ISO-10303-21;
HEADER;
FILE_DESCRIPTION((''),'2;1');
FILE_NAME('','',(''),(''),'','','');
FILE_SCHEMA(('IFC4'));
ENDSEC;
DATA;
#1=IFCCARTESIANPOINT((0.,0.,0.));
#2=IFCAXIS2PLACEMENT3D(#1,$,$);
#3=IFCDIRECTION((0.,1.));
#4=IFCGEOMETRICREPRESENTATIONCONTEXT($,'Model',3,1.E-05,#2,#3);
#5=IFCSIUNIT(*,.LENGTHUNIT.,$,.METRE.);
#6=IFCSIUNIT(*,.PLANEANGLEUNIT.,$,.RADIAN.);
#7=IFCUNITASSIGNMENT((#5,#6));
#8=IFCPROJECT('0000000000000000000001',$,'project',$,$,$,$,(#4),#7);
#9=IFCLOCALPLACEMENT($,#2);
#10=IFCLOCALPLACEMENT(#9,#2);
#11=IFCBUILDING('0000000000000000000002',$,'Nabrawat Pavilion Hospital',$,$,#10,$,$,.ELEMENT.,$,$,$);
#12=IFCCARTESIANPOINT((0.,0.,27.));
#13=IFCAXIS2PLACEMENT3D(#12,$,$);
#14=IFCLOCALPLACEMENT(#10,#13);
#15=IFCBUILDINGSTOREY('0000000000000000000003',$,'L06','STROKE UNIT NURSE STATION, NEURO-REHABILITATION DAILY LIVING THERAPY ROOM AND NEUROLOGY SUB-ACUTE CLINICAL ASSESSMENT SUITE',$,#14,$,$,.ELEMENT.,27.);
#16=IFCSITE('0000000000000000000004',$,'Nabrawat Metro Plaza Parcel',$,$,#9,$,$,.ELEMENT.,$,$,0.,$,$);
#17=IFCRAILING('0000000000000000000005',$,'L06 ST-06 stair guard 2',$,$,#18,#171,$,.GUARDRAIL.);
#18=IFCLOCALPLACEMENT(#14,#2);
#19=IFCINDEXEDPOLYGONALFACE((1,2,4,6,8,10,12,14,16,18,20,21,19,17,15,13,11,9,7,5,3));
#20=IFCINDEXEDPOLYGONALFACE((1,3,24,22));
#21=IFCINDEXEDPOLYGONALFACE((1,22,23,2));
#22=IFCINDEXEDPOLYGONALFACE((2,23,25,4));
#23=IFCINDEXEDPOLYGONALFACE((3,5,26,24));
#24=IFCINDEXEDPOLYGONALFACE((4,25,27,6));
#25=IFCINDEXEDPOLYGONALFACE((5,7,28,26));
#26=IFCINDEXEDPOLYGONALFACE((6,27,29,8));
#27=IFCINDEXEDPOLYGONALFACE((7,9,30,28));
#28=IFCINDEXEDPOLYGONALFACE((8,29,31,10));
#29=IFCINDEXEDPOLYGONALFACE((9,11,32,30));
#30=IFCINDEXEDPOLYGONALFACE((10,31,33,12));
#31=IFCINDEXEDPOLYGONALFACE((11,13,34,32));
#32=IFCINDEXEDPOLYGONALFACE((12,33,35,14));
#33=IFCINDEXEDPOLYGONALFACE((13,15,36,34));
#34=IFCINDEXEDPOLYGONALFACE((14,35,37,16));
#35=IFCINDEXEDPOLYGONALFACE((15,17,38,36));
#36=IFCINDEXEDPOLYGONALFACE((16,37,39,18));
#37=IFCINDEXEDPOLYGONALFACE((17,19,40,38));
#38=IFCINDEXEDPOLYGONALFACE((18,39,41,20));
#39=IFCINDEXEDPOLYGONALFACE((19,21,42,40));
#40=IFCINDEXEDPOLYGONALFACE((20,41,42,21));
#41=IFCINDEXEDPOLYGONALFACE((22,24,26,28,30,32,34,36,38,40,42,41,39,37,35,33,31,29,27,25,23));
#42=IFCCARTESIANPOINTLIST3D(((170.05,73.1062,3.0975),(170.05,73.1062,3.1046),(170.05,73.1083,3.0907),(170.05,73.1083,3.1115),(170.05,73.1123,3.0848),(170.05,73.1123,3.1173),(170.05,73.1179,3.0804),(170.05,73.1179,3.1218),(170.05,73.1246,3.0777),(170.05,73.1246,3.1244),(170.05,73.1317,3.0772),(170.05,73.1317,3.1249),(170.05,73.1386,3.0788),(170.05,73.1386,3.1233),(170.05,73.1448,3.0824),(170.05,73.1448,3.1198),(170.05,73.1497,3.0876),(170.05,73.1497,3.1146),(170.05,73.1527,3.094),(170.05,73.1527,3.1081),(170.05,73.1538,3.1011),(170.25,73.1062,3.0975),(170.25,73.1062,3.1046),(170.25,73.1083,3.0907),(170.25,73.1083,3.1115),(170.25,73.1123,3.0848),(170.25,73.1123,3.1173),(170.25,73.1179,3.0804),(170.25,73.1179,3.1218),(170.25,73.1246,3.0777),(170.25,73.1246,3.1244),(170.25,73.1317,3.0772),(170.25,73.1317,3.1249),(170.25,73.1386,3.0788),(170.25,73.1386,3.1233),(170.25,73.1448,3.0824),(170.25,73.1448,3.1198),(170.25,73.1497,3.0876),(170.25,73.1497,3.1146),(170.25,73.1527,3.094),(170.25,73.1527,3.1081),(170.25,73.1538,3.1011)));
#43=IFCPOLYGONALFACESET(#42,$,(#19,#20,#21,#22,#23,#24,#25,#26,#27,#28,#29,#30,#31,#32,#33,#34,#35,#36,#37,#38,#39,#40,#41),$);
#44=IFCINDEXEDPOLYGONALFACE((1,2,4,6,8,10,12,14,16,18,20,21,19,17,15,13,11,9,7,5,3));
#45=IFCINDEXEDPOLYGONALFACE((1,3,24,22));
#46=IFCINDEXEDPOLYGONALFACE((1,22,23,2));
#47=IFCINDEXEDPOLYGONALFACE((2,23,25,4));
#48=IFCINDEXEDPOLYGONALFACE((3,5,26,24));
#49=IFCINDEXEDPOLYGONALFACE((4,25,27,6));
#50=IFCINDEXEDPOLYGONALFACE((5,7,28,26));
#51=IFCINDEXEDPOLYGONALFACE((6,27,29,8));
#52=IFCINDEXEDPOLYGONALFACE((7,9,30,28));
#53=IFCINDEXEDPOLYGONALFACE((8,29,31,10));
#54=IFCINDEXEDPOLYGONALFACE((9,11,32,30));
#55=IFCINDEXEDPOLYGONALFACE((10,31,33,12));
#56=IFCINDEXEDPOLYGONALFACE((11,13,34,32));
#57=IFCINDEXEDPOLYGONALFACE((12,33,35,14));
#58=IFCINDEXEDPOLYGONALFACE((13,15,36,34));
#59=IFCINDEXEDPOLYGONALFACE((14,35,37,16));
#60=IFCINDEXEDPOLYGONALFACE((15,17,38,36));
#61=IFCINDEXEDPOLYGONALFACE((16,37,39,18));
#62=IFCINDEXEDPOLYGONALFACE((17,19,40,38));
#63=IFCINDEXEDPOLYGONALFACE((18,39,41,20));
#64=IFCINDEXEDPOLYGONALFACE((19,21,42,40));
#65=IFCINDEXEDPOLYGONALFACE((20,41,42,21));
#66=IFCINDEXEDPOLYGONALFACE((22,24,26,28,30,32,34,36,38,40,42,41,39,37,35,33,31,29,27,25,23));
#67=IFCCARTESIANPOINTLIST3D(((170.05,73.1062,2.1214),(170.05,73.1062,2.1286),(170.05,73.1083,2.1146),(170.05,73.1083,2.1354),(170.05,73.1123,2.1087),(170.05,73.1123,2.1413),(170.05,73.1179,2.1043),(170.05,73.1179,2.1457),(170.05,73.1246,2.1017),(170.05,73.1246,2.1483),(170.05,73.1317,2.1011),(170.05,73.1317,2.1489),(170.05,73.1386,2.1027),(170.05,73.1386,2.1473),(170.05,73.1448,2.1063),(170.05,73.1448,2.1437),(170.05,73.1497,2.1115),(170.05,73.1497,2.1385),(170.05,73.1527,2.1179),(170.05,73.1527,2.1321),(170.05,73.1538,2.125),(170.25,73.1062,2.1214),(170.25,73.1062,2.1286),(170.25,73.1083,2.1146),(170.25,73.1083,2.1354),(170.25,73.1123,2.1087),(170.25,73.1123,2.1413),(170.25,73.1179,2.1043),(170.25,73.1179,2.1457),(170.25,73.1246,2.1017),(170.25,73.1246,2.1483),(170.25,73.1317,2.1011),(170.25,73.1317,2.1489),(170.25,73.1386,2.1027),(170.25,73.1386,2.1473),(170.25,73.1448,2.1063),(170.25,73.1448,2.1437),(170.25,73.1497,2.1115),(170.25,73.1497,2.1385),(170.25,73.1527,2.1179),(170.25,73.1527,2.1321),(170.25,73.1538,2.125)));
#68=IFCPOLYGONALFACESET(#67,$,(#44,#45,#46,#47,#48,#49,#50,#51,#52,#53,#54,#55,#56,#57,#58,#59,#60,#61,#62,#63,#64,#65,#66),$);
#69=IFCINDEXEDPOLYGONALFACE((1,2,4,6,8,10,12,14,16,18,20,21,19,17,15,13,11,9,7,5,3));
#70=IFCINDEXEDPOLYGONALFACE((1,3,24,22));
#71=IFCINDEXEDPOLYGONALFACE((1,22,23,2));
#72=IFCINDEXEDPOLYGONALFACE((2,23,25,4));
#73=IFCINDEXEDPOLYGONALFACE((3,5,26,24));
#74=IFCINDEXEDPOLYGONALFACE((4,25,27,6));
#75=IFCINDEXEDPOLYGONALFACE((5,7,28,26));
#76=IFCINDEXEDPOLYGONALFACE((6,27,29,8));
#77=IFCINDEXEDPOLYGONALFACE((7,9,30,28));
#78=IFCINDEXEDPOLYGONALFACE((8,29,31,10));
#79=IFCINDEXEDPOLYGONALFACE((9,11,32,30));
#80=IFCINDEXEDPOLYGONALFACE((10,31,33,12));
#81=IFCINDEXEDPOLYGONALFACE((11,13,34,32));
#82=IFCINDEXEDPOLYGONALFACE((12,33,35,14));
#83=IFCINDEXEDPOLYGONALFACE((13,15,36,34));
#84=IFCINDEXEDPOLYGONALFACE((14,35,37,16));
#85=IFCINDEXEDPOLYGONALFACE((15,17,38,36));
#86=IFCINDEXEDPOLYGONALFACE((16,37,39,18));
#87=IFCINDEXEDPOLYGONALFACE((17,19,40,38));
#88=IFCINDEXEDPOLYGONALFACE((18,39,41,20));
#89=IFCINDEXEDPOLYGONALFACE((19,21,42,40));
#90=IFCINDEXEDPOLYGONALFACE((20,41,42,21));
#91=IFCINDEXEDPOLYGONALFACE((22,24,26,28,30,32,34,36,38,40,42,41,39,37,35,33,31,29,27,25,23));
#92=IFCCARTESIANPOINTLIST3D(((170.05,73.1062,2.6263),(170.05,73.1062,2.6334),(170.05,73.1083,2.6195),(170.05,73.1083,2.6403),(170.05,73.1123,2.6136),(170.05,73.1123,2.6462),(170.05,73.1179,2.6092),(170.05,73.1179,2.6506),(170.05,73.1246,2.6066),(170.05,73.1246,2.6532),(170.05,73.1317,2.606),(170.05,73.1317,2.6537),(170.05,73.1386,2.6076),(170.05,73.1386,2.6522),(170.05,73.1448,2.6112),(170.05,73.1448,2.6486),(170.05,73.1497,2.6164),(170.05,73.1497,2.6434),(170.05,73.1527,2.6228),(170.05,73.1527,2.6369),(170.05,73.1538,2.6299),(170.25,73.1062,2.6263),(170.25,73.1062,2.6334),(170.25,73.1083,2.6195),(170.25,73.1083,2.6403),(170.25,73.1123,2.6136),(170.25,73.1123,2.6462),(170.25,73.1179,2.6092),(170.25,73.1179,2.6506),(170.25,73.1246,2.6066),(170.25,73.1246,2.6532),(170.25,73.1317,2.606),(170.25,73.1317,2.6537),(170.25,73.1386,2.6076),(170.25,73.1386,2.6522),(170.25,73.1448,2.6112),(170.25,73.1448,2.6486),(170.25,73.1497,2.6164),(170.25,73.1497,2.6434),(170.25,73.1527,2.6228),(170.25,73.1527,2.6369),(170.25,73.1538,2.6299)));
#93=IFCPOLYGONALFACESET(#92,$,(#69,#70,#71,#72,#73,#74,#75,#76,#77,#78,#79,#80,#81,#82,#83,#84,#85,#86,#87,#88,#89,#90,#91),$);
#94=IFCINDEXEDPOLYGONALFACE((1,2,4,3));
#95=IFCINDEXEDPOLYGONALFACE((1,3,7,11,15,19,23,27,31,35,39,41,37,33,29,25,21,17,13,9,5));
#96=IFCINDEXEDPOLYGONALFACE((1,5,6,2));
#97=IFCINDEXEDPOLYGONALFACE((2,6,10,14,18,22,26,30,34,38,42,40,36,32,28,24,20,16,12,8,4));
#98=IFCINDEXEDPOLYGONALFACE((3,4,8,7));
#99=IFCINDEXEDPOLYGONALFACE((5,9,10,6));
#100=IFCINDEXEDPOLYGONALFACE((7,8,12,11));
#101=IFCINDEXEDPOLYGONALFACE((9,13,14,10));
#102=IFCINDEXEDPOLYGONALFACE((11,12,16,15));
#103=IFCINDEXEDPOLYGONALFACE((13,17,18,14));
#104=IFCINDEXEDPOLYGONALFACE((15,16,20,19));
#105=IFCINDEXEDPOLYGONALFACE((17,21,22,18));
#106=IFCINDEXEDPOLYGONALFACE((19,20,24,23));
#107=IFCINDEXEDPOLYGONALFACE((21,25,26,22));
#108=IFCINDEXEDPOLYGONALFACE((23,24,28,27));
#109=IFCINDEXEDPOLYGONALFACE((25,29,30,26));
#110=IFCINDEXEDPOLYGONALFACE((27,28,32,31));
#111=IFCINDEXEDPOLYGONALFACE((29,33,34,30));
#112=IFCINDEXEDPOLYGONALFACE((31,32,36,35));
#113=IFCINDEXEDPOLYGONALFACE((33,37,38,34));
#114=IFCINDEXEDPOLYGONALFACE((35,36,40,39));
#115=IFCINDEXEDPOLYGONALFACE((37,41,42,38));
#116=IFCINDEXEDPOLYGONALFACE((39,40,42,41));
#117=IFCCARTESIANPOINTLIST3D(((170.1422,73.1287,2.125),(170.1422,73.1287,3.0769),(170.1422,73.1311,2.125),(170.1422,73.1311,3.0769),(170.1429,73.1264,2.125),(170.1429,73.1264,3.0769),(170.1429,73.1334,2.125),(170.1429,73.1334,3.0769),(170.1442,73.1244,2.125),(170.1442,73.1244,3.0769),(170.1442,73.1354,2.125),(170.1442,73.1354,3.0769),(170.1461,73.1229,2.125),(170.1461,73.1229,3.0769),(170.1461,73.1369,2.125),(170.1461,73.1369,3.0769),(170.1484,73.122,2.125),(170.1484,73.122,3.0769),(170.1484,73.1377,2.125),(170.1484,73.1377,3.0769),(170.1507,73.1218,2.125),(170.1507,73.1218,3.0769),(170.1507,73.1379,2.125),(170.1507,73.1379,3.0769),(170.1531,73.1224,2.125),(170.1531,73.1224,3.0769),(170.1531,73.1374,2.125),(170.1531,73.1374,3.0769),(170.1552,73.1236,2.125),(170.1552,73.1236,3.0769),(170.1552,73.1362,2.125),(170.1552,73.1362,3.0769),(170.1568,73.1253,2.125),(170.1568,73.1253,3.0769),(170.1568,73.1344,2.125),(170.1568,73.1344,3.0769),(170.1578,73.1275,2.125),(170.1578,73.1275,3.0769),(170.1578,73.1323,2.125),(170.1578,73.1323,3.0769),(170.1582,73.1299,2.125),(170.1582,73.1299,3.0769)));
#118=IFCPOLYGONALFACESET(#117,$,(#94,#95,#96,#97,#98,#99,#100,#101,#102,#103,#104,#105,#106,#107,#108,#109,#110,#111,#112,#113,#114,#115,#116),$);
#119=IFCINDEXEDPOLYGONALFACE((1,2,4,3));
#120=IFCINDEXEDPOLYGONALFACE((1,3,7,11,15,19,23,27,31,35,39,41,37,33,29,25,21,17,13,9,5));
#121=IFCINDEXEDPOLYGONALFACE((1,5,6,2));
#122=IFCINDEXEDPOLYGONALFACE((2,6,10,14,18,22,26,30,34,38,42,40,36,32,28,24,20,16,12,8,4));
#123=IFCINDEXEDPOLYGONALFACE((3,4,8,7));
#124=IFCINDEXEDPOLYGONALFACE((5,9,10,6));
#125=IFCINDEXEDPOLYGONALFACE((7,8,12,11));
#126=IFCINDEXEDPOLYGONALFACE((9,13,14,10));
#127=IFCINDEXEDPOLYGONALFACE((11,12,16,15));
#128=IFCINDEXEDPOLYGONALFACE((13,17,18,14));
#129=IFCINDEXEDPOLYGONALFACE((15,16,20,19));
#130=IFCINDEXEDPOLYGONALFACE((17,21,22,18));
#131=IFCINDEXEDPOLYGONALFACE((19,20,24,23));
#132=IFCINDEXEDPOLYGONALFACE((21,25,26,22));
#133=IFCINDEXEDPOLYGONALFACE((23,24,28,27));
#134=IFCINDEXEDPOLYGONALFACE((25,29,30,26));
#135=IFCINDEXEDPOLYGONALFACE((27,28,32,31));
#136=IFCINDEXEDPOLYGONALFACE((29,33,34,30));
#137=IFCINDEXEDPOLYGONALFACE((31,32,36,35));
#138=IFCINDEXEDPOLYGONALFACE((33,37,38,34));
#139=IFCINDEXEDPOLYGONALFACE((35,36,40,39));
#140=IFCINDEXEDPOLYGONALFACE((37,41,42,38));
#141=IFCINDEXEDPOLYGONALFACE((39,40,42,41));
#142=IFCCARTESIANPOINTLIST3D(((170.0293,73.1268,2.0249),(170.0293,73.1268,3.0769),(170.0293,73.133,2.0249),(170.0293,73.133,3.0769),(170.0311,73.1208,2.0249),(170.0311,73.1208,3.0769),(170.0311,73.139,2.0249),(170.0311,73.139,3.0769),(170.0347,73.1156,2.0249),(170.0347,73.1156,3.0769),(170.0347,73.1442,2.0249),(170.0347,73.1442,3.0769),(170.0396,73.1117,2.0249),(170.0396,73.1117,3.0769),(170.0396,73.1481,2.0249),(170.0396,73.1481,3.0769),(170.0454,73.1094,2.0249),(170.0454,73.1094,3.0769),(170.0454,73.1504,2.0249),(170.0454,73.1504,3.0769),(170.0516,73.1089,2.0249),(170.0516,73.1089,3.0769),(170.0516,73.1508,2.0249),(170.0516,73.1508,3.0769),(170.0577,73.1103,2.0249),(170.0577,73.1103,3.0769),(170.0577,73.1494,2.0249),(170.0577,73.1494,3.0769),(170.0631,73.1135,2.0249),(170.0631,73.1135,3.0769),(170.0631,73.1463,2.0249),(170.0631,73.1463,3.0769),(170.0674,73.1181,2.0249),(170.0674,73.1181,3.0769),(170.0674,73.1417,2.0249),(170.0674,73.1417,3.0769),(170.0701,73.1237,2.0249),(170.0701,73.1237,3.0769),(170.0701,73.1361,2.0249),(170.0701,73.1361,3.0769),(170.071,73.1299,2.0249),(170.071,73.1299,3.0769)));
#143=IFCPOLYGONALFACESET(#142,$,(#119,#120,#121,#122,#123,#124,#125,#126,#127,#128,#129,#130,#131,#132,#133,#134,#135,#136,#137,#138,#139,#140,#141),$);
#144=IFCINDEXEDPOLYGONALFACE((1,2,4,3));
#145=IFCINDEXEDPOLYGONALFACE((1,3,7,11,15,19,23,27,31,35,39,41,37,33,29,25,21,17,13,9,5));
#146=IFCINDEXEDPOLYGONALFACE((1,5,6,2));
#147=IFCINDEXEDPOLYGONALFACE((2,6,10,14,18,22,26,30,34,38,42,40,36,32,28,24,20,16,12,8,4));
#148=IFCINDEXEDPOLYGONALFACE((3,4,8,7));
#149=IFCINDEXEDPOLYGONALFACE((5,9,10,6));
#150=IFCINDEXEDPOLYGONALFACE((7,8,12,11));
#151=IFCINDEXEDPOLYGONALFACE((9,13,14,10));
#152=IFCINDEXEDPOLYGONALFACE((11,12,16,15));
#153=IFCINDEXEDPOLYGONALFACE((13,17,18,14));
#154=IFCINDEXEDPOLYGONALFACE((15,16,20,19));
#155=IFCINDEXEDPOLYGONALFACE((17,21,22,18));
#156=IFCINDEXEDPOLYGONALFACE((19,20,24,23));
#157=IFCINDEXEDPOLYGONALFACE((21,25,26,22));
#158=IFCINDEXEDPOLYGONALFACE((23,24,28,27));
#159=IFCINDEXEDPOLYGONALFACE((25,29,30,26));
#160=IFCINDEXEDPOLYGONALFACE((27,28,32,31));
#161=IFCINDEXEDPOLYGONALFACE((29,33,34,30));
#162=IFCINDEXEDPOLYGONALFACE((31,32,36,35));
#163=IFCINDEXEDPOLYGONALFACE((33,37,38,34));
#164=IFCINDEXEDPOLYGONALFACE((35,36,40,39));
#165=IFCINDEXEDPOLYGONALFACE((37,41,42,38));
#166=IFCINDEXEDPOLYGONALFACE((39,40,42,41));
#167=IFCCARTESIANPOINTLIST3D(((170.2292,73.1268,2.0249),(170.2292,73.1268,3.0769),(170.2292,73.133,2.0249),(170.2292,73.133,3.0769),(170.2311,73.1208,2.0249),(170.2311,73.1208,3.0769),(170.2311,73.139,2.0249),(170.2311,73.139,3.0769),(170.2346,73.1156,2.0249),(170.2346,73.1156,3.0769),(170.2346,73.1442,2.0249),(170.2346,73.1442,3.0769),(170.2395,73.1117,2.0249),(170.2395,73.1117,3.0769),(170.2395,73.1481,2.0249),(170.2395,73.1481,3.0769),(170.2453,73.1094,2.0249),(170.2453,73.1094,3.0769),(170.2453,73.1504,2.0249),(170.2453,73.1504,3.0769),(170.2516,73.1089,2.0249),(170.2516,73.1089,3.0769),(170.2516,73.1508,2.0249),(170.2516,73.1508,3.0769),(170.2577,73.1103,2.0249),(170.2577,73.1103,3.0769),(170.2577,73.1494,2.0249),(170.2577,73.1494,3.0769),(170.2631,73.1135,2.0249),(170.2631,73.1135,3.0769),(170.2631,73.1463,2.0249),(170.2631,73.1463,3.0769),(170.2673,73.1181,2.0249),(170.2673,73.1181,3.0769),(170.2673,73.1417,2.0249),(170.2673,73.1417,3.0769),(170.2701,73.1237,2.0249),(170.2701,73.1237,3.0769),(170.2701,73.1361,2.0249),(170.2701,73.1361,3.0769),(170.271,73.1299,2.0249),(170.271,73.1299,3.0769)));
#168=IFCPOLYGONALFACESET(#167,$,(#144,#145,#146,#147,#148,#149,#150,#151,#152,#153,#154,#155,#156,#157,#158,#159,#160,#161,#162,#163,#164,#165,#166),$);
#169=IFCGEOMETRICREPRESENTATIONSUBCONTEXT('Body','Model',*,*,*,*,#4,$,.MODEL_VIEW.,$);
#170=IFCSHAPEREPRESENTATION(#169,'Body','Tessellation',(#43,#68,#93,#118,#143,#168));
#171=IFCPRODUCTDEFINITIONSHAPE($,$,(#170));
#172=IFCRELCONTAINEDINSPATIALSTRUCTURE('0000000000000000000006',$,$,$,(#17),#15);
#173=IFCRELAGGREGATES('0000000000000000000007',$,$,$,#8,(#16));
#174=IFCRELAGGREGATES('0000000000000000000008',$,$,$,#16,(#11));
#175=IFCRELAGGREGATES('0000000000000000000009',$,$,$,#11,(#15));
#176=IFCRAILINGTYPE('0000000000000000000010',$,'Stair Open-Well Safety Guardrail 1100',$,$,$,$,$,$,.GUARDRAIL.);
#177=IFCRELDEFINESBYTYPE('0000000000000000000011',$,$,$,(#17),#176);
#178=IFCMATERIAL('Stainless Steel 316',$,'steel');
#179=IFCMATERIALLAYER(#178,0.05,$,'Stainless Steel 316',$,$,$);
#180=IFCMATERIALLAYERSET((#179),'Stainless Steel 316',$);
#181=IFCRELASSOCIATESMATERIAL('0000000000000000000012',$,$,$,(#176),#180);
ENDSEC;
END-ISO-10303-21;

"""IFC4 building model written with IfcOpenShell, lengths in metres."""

from ifc_helpers import new_model, si_unit, direction, frame, origin, origin_2d, place, context, subcontext, project, spatial, circle, extrude, material, layer, layer_set, type_object, element, save


model = new_model("IFC4")

# Units and contexts
model_context = context("Model", 3, precision=1e-05, world=origin(), true_north=direction((0.0, 1.0)))
body_context = subcontext(model_context, "Body", "Model", "MODEL_VIEW")
ifc_project = project(units=[si_unit("LENGTHUNIT", "METRE"), si_unit("PLANEANGLEUNIT", "RADIAN")], contexts=[model_context])

# Site, building, storey
site_placement = place(None, origin())
site = spatial("IfcSite", under=ifc_project, at=site_placement, Name="Nabrawat Metro Plaza Parcel", CompositionType="ELEMENT", RefElevation=0.0)
building_placement = place(site_placement, origin())
building = spatial("IfcBuilding", under=site, at=building_placement, Name="Nabrawat Pavilion Hospital", CompositionType="ELEMENT")
storey_placement = place(building_placement, frame((0.0, 0.0, 27.0)))
storey = spatial("IfcBuildingStorey", under=building, at=storey_placement, Name="L06", Description="STROKE UNIT NURSE STATION, NEURO-REHABILITATION DAILY LIVING THERAPY ROOM AND NEUROLOGY SUB-ACUTE CLINICAL ASSESSMENT SUITE", CompositionType="ELEMENT", Elevation=27.0)

# Railing
ifc_material_1 = material(Name="Stainless Steel 316", Category="steel")
ifc_layer_1 = layer(ifc_material_1, 0.05, Name="Stainless Steel 316")
ifc_layer_set_1 = layer_set([ifc_layer_1], Name="Stainless Steel 316")
railing_type_1 = type_object("IfcRailingType", Name="Stair Open-Well Safety Guardrail 1100", PredefinedType="GUARDRAIL", material=ifc_layer_set_1)
railing_1_placement = place(storey_placement, frame((170.05, 73.1299, 2.0249)))
element("IfcRailing", 1, at=railing_1_placement, inside=storey, type_object=railing_type_1, Name="L06 ST-06 stair guard 2", PredefinedType="GUARDRAIL", context=body_context, shape_type="SweptSolid", body=[
    extrude(circle(Radius=0.0239, at=origin_2d()), frame((0.0, 0.0, 1.0762), z_axis=(1.0, 0.0, 0.0), x_axis=(0.0, 1.0, 0.0)), (0.0, 0.0, 1.0), 0.2),
    extrude(circle(Radius=0.0239, at=origin_2d()), frame((0.0, 0.0, 0.1001), z_axis=(1.0, 0.0, 0.0), x_axis=(0.0, 1.0, 0.0)), (0.0, 0.0, 1.0), 0.2),
    extrude(circle(Radius=0.0239, at=origin_2d()), frame((0.0, 0.0, 0.605), z_axis=(1.0, 0.0, 0.0), x_axis=(0.0, 1.0, 0.0)), (0.0, 0.0, 1.0), 0.2),
    extrude(circle(Radius=0.0081, at=origin_2d()), frame((0.1001, 0.0, 0.1001)), (0.0, 0.0, 1.0), 0.9519),
    extrude(circle(Radius=0.021, at=origin_2d()), origin(), (0.0, 0.0, 1.0), 1.052),
    extrude(circle(Radius=0.021, at=origin_2d()), frame((0.2, 0.0, 0.0)), (0.0, 0.0, 1.0), 1.052),
])

save(model, "model.ifc")
